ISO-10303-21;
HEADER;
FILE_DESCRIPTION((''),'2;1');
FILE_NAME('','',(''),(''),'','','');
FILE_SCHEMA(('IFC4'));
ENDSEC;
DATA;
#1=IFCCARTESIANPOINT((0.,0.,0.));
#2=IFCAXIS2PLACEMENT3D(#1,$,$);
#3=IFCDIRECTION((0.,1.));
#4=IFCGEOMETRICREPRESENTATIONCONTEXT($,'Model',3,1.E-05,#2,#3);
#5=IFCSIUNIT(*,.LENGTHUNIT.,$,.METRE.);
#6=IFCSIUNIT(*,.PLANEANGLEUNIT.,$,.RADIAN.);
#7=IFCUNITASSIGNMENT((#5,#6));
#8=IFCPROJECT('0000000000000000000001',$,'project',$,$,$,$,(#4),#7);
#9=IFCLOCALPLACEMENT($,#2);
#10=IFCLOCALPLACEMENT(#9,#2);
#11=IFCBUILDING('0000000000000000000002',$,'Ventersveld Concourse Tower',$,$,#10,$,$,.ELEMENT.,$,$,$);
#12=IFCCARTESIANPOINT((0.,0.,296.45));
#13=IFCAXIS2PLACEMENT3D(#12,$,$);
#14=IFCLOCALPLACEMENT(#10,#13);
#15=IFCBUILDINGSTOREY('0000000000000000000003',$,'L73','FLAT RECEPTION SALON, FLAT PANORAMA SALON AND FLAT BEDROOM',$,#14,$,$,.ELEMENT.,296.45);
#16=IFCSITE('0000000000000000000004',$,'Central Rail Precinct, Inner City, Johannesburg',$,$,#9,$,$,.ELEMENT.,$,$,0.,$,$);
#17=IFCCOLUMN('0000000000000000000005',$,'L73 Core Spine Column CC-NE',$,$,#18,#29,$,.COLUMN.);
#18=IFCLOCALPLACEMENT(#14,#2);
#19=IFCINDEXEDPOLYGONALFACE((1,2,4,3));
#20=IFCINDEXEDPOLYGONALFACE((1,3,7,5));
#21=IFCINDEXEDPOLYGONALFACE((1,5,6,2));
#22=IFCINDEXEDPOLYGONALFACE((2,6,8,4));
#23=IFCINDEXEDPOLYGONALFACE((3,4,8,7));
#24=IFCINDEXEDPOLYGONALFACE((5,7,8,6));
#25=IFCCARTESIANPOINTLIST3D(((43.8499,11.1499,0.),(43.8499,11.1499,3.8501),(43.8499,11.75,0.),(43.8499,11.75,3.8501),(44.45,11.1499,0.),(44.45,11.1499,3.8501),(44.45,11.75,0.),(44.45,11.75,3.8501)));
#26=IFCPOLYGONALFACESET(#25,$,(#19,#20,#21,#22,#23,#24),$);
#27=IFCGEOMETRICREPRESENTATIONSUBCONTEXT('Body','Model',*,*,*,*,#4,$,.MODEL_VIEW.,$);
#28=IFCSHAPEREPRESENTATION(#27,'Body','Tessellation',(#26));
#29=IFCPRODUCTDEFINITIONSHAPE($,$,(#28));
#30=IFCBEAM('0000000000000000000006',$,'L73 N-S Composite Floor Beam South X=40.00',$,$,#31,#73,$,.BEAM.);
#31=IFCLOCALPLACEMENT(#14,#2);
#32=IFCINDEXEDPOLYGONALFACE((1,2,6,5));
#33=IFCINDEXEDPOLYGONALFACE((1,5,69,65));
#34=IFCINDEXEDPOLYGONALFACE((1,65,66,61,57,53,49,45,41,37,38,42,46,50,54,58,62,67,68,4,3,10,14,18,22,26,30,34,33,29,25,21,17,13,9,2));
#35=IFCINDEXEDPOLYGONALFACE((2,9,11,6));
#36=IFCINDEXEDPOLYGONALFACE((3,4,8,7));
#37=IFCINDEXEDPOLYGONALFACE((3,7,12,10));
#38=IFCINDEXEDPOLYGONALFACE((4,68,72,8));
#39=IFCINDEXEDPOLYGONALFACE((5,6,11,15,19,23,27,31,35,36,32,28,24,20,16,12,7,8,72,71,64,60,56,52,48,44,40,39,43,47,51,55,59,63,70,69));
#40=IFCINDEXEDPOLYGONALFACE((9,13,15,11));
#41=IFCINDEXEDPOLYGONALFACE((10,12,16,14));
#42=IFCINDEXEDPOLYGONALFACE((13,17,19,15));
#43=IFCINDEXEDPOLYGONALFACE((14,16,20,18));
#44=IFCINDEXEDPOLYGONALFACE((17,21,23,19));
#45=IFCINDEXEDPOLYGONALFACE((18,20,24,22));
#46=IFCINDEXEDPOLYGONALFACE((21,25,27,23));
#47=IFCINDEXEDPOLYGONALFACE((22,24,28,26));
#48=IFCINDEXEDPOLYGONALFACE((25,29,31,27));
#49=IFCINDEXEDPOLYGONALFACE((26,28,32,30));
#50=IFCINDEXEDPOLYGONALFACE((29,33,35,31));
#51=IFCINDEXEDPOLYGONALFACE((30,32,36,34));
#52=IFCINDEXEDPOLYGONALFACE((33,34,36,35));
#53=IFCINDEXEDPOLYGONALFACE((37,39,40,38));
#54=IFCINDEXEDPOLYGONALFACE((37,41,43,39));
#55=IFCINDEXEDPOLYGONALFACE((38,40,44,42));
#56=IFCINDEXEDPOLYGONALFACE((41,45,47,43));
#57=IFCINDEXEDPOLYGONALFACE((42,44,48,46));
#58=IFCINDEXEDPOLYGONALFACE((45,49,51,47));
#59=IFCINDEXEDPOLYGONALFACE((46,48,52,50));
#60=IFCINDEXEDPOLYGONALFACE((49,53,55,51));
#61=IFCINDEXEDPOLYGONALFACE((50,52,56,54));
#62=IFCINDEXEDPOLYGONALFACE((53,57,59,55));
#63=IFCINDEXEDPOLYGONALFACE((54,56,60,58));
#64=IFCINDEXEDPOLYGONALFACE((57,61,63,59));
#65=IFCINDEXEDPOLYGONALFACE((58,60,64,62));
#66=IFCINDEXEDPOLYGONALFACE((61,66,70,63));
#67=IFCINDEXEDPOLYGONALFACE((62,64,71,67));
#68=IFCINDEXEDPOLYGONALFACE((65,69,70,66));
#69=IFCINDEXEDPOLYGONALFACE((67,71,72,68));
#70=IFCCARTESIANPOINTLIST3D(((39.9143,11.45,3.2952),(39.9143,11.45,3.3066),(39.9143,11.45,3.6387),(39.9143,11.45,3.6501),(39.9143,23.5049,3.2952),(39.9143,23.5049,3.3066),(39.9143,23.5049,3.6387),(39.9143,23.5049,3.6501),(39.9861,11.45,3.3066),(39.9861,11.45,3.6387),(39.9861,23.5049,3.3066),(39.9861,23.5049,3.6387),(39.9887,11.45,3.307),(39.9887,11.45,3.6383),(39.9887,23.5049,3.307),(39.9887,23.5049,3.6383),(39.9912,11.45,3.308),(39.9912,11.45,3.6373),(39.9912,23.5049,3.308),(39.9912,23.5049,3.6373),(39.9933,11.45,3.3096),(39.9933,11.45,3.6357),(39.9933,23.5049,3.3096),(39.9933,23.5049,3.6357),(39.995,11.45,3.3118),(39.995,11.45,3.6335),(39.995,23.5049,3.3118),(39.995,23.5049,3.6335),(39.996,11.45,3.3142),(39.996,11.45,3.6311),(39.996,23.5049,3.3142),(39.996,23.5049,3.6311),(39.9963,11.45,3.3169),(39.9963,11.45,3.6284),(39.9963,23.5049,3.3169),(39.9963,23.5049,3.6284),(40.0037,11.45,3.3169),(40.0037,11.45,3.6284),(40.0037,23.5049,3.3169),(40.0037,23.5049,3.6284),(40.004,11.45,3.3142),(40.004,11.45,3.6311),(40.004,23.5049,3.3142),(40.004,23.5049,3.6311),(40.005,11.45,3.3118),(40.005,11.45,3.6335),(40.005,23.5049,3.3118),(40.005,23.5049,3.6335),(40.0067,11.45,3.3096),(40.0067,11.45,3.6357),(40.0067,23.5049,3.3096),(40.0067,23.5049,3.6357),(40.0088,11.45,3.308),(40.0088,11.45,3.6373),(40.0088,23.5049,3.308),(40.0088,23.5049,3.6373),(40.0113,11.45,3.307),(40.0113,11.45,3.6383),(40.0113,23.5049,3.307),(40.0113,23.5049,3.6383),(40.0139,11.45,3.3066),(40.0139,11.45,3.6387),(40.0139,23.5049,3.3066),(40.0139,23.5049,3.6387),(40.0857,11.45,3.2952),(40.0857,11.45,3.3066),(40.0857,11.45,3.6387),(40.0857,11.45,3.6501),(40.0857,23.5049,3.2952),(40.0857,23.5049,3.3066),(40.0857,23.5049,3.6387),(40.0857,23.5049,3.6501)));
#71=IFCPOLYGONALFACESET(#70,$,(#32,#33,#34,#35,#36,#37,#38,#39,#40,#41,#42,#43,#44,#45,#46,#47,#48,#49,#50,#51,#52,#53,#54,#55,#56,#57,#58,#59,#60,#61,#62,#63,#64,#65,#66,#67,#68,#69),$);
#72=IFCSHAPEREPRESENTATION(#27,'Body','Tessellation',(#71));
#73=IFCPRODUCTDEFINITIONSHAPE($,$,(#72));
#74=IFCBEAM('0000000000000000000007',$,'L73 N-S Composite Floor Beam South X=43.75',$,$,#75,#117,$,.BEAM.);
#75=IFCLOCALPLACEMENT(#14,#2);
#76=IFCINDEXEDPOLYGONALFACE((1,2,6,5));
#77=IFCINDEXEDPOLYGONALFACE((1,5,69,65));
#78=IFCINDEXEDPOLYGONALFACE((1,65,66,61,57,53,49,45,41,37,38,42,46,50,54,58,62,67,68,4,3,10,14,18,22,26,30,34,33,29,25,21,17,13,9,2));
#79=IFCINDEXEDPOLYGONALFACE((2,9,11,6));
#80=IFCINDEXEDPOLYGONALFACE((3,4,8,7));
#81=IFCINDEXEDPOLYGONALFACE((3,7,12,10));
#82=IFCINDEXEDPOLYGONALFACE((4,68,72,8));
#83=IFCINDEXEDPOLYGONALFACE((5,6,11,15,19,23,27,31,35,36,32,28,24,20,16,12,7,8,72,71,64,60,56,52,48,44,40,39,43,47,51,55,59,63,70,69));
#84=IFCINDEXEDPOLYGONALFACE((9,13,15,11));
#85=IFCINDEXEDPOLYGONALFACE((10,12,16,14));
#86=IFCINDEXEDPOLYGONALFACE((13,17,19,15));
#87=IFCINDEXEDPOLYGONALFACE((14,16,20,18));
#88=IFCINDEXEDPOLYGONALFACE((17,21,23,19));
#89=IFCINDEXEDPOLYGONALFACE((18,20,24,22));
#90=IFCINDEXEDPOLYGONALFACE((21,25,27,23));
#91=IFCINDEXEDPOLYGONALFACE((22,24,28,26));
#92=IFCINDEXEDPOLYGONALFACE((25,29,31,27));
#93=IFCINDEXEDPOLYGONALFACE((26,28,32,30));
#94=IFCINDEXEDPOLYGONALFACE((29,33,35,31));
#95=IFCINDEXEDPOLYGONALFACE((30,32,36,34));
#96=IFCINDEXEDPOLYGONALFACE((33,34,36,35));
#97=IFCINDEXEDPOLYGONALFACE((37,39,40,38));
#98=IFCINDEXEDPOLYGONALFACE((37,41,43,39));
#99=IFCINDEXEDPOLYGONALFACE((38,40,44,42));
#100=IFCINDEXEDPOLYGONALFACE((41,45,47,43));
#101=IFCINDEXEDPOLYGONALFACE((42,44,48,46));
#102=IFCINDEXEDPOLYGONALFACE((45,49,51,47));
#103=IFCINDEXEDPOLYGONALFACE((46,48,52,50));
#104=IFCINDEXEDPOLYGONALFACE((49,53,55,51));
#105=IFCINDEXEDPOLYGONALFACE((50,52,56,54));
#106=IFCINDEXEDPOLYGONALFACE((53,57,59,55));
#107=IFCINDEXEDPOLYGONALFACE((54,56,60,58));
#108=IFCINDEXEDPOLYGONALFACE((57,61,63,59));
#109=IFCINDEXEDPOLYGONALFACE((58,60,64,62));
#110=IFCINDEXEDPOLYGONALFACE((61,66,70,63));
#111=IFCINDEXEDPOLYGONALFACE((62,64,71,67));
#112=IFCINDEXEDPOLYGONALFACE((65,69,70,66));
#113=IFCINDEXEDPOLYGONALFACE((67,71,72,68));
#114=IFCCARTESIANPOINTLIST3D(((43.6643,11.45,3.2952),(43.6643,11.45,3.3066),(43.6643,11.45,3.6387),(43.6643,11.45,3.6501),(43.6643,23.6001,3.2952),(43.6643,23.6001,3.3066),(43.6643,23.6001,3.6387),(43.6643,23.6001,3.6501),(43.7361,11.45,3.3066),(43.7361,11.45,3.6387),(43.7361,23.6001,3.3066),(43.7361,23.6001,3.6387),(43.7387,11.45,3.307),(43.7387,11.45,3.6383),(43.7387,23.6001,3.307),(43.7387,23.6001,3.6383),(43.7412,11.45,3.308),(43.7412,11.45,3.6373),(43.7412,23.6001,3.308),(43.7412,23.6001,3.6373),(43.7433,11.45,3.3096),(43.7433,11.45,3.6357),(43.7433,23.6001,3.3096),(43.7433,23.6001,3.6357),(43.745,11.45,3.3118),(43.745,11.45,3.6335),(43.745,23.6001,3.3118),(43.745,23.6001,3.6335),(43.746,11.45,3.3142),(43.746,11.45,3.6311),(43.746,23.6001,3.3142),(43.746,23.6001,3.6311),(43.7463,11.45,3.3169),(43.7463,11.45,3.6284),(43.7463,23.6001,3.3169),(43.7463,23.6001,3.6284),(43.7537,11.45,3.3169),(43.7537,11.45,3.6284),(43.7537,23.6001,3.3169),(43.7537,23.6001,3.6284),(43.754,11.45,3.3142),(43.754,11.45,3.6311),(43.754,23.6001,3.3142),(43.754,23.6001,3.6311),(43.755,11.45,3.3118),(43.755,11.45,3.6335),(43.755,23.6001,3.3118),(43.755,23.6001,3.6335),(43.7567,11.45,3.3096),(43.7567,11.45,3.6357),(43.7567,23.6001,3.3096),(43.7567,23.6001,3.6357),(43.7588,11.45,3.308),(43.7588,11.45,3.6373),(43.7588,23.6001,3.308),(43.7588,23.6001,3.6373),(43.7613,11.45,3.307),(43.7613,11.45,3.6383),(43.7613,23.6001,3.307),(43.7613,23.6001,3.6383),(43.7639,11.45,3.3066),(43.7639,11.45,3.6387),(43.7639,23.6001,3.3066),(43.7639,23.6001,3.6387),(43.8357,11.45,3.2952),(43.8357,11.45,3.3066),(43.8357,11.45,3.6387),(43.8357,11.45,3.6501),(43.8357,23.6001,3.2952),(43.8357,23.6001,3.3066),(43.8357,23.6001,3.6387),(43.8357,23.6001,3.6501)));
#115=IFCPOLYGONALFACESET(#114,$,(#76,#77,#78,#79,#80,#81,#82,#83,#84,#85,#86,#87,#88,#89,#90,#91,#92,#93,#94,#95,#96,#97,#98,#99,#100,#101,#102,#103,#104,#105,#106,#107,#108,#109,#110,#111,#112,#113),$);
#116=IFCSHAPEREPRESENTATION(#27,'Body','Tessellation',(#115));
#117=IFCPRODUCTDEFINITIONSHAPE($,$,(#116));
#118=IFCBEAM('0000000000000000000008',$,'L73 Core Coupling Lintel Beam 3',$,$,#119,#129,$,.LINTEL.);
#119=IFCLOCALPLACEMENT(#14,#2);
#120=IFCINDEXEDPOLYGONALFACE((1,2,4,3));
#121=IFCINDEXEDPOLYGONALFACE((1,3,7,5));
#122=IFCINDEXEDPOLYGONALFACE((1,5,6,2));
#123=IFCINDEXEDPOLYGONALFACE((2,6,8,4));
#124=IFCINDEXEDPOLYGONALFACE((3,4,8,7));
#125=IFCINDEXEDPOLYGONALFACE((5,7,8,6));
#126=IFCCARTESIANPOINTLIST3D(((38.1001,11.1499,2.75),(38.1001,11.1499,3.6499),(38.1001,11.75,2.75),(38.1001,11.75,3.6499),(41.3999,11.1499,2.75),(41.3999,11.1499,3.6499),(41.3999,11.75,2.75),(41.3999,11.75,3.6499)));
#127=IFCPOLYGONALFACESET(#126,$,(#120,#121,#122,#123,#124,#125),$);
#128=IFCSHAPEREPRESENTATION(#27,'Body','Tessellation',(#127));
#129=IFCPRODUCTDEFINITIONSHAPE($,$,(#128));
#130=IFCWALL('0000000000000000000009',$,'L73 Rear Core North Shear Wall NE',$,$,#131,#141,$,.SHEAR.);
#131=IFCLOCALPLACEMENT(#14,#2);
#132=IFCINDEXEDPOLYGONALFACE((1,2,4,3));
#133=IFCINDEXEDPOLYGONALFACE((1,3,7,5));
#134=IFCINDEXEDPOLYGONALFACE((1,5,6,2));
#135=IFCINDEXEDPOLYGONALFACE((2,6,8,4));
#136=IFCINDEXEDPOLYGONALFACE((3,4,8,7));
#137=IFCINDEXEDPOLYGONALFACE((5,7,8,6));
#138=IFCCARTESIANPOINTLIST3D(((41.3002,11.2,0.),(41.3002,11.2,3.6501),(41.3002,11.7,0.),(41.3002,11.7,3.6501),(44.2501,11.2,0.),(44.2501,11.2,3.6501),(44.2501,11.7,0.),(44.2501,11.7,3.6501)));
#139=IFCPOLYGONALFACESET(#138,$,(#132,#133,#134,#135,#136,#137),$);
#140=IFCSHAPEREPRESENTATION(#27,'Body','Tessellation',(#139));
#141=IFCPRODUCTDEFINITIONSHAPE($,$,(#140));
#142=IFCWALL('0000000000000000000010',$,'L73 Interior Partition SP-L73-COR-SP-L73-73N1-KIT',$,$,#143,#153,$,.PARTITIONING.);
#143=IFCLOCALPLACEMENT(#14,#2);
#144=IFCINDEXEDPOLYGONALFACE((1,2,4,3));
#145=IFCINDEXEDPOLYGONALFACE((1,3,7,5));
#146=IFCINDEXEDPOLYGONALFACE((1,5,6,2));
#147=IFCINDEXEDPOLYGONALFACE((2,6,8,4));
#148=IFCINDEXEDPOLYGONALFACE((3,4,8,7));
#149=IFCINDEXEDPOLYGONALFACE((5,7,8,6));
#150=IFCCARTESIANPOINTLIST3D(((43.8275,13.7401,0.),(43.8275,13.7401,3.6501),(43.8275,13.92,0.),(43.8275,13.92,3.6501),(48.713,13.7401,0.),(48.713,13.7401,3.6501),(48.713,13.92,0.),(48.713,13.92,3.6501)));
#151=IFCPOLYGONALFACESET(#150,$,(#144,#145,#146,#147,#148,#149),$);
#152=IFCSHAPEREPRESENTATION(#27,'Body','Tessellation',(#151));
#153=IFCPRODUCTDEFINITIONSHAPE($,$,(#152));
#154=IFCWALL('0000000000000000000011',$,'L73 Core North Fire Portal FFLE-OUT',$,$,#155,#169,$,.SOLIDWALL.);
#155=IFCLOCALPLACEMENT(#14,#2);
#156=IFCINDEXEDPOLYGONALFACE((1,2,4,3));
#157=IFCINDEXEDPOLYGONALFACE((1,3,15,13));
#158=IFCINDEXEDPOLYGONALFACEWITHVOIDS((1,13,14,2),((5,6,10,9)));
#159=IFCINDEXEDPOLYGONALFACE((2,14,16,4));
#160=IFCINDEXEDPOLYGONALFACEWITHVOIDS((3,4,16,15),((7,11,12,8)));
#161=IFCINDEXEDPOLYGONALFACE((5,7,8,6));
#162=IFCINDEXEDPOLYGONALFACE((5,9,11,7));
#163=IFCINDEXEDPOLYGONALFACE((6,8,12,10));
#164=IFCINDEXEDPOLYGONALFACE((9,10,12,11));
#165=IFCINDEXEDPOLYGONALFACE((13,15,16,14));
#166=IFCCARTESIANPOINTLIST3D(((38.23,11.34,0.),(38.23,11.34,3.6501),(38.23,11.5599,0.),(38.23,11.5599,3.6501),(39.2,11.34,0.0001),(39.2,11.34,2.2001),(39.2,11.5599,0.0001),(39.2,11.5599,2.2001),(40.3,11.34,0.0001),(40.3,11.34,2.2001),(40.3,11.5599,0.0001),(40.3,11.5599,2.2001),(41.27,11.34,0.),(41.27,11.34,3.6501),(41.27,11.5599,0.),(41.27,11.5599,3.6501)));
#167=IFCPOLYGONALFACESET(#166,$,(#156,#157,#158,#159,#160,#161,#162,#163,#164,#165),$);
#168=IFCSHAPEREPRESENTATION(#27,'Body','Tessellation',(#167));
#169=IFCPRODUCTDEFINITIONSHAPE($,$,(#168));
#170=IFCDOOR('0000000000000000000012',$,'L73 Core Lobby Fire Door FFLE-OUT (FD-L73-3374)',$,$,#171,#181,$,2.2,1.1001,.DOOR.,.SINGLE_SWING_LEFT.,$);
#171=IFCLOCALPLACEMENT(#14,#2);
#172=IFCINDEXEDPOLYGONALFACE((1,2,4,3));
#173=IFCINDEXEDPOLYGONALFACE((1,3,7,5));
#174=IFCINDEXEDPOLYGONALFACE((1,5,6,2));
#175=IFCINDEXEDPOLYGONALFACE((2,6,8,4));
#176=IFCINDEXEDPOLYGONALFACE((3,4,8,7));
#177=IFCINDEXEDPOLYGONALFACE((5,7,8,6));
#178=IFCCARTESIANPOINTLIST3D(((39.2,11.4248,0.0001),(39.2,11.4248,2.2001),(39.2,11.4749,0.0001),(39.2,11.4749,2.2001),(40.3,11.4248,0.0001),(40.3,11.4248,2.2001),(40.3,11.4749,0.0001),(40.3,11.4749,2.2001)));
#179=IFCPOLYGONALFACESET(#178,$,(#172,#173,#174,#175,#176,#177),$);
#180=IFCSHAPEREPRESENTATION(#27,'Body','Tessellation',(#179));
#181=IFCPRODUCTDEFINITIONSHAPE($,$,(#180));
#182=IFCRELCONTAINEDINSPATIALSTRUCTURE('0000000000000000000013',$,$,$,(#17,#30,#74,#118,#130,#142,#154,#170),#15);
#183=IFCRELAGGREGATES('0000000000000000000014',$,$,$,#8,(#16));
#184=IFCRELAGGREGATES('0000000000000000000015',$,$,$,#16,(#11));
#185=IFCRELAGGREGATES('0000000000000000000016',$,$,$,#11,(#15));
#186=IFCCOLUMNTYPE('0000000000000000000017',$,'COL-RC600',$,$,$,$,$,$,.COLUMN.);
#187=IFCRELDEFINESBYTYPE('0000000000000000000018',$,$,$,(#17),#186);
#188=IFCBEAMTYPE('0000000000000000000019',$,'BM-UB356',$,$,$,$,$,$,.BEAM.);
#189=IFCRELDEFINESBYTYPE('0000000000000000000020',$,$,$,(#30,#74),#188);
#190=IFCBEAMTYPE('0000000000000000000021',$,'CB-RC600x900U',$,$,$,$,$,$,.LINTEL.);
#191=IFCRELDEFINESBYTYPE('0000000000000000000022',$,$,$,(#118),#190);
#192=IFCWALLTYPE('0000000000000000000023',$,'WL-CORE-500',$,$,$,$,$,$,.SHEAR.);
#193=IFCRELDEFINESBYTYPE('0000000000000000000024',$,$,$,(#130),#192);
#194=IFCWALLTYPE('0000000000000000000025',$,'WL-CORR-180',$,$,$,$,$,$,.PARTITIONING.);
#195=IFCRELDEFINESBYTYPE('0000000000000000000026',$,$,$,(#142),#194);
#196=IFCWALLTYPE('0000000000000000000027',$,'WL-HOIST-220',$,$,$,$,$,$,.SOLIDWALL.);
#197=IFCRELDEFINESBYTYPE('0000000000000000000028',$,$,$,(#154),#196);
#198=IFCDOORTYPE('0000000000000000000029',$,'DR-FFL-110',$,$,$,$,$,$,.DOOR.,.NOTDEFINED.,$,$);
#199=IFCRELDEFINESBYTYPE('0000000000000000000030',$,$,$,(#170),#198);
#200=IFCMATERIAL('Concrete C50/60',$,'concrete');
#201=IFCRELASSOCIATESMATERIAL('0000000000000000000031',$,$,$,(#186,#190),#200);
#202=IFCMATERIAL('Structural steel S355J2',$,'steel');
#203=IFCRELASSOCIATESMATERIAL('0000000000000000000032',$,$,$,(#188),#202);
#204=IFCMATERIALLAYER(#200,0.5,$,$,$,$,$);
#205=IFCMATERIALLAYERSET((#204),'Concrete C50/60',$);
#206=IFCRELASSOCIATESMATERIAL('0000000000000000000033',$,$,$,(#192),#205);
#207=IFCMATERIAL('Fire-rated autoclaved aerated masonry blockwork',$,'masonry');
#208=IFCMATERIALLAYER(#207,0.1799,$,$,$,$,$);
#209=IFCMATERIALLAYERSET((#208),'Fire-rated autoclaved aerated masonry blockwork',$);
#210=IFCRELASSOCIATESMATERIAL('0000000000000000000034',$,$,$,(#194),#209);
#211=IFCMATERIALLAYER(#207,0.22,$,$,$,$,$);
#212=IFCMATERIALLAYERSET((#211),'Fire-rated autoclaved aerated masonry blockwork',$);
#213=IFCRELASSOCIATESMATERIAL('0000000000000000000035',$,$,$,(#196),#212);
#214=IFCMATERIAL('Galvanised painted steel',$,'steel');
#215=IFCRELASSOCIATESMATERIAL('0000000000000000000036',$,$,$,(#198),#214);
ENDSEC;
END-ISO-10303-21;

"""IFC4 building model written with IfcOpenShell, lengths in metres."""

from ifc_helpers import new_model, si_unit, direction, frame, frame_2d, origin, origin_2d, place, context, subcontext, project, spatial, rectangle, i_section, extrude, material, layer, layer_set, material_profile, profile_set, type_object, element, fill, save


model = new_model("IFC4")

# Units and contexts
model_context = context("Model", 3, precision=1e-05, world=origin(), true_north=direction((0.0, 1.0)))
body_context = subcontext(model_context, "Body", "Model", "MODEL_VIEW")
ifc_project = project(units=[si_unit("LENGTHUNIT", "METRE"), si_unit("PLANEANGLEUNIT", "RADIAN")], contexts=[model_context])

# Site, building, storey
site_placement = place(None, origin())
site = spatial("IfcSite", under=ifc_project, at=site_placement, Name="Central Rail Precinct, Inner City, Johannesburg", CompositionType="ELEMENT", RefElevation=0.0)
building_placement = place(site_placement, origin())
building = spatial("IfcBuilding", under=site, at=building_placement, Name="Ventersveld Concourse Tower", CompositionType="ELEMENT")
storey_placement = place(building_placement, frame((0.0, 0.0, 296.45)))
storey = spatial("IfcBuildingStorey", under=building, at=storey_placement, Name="L73", Description="FLAT RECEPTION SALON, FLAT PANORAMA SALON AND FLAT BEDROOM", CompositionType="ELEMENT", Elevation=296.45)

# Column
ifc_material_1 = material(Name="Concrete C50/60", Category="concrete")
ifc_material_profile_1 = material_profile(ifc_material_1, rectangle(XDim=0.6001, YDim=0.6001, at=origin_2d()), Name="RC 600x600")
ifc_profile_set_1 = profile_set([ifc_material_profile_1], Name="Concrete C50/60")
column_type = type_object("IfcColumnType", Name="COL-RC600", PredefinedType="COLUMN", material=ifc_profile_set_1)
column_placement = place(storey_placement, frame((44.1499, 11.45, 0.0), z_axis=(0.0, 0.0, 1.0), x_axis=(1.0, 0.0, 0.0)))
element("IfcColumn", 1, at=column_placement, inside=storey, type_object=column_type, Name="L73 Core Spine Column CC-NE", PredefinedType="COLUMN", context=body_context, shape_type="SweptSolid", body=[
    extrude(rectangle(XDim=0.6001, YDim=0.6001, at=origin_2d()), origin(), (0.0, 0.0, 1.0), 3.8501),
])

# Beams
ifc_material_2 = material(Name="Structural steel S355J2", Category="steel")
ifc_material_profile_2 = material_profile(ifc_material_2, i_section(OverallWidth=0.1714, OverallDepth=0.355, WebThickness=0.0073, FlangeThickness=0.0115, FilletRadius=0.0103, at=origin_2d()), Name="UB 356x171x51")
ifc_profile_set_2 = profile_set([ifc_material_profile_2], Name="Structural steel S355J2")
beam_type_1 = type_object("IfcBeamType", Name="BM-UB356", PredefinedType="BEAM", material=ifc_profile_set_2)
beam_1_placement = place(storey_placement, frame((40.0, 11.45, 3.4727), z_axis=(0.0, 1.0, 0.0), x_axis=(-1.0, 0.0, 0.0)))
element("IfcBeam", 2, at=beam_1_placement, inside=storey, type_object=beam_type_1, Name="L73 N-S Composite Floor Beam South X=40.00", PredefinedType="BEAM", context=body_context, shape_type="SweptSolid", body=[
    extrude(i_section(OverallWidth=0.1714, OverallDepth=0.355, WebThickness=0.0073, FlangeThickness=0.0115, FilletRadius=0.0103, at=origin_2d()), origin(), (0.0, 0.0, 1.0), 12.0549),
])
beam_2_placement = place(storey_placement, frame((43.75, 11.45, 3.4727), z_axis=(0.0, 1.0, 0.0), x_axis=(-1.0, 0.0, 0.0)))
element("IfcBeam", 3, at=beam_2_placement, inside=storey, type_object=beam_type_1, Name="L73 N-S Composite Floor Beam South X=43.75", PredefinedType="BEAM", context=body_context, shape_type="SweptSolid", body=[
    extrude(i_section(OverallWidth=0.1714, OverallDepth=0.355, WebThickness=0.0073, FlangeThickness=0.0115, FilletRadius=0.0103, at=origin_2d()), origin(), (0.0, 0.0, 1.0), 12.1501),
])
ifc_material_profile_3 = material_profile(ifc_material_1, rectangle(XDim=0.6001, YDim=0.8999, at=origin_2d()), Name="RC 600x900")
ifc_profile_set_3 = profile_set([ifc_material_profile_3], Name="Concrete C50/60")
beam_type_2 = type_object("IfcBeamType", Name="CB-RC600x900U", PredefinedType="LINTEL", material=ifc_profile_set_3)
beam_3_placement = place(storey_placement, frame((38.1001, 11.45, 3.2), z_axis=(1.0, 0.0, 0.0), x_axis=(0.0, 1.0, 0.0)))
element("IfcBeam", 4, at=beam_3_placement, inside=storey, type_object=beam_type_2, Name="L73 Core Coupling Lintel Beam 3", PredefinedType="LINTEL", context=body_context, shape_type="SweptSolid", body=[
    extrude(rectangle(XDim=0.6001, YDim=0.8999, at=origin_2d()), origin(), (0.0, 0.0, 1.0), 3.2998),
])

# Wall
ifc_layer_1 = layer(ifc_material_1, 0.5)
ifc_layer_set_1 = layer_set([ifc_layer_1], Name="Concrete C50/60")
wall_type_1 = type_object("IfcWallType", Name="WL-CORE-500", PredefinedType="SHEAR", material=ifc_layer_set_1)
wall_1_placement = place(storey_placement, frame((41.3, 11.45, 0.0), z_axis=(0.0, 0.0, 1.0), x_axis=(1.0, 0.0, 0.0)))
element("IfcWall", 5, at=wall_1_placement, inside=storey, type_object=wall_type_1, Name="L73 Rear Core North Shear Wall NE", PredefinedType="SHEAR", context=body_context, shape_type="SweptSolid", body=[
    extrude(rectangle(XDim=2.95, YDim=0.5, at=frame_2d((1.4751, 0.0))), origin(), (0.0, 0.0, 1.0), 3.6501),
])

# Shared definitions
ifc_material_3 = material(Name="Fire-rated autoclaved aerated masonry blockwork", Category="masonry")
ifc_layer_2 = layer(ifc_material_3, 0.1799)
ifc_layer_set_2 = layer_set([ifc_layer_2], Name="Fire-rated autoclaved aerated masonry blockwork")
wall_type_2 = type_object("IfcWallType", Name="WL-CORR-180", PredefinedType="PARTITIONING", material=ifc_layer_set_2)

# Wall
wall_2_placement = place(storey_placement, frame((43.8274, 13.8301, 0.0), z_axis=(0.0, 0.0, 1.0), x_axis=(1.0, 0.0, 0.0)))
element("IfcWall", 6, at=wall_2_placement, inside=storey, type_object=wall_type_2, Name="L73 Interior Partition SP-L73-COR-SP-L73-73N1-KIT", PredefinedType="PARTITIONING", context=body_context, shape_type="SweptSolid", body=[
    extrude(rectangle(XDim=4.8855, YDim=0.1799, at=frame_2d((2.4429, 0.0))), origin(), (0.0, 0.0, 1.0), 3.6501),
])

# Wall, opening, door
ifc_layer_3 = layer(ifc_material_3, 0.22)
ifc_layer_set_3 = layer_set([ifc_layer_3], Name="Fire-rated autoclaved aerated masonry blockwork")
wall_type_3 = type_object("IfcWallType", Name="WL-HOIST-220", PredefinedType="SOLIDWALL", material=ifc_layer_set_3)
wall_3_placement = place(storey_placement, frame((38.23, 11.45, 0.0), z_axis=(0.0, 0.0, 1.0), x_axis=(1.0, 0.0, 0.0)))
wall_3 = element("IfcWall", 7, at=wall_3_placement, inside=storey, type_object=wall_type_3, Name="L73 Core North Fire Portal FFLE-OUT", PredefinedType="SOLIDWALL", context=body_context, shape_type="SweptSolid", body=[
    extrude(rectangle(XDim=3.04, YDim=0.22, at=frame_2d((1.52, 0.0))), origin(), (0.0, 0.0, 1.0), 3.6501),
])
opening_1_placement = place(wall_3_placement, frame((0.97, 0.0, 0.0)))
opening_1 = element("IfcOpeningElement", 8, at=opening_1_placement, cuts=wall_3, PredefinedType="OPENING", context=body_context, shape_type="SweptSolid", body=[
    extrude(rectangle(XDim=1.1001, YDim=2.2, at=frame_2d((0.55, 1.1001))), frame((0.0, 0.1201, 0.0), z_axis=(0.0, -1.0, 0.0), x_axis=(1.0, 0.0, 0.0)), (0.0, 0.0, 1.0), 0.24),
])
ifc_material_4 = material(Name="Galvanised painted steel", Category="steel")
door_type_1 = type_object("IfcDoorType", Name="DR-FFL-110", OperationType="NOTDEFINED", PredefinedType="DOOR", material=ifc_material_4)
door_1_placement = place(opening_1_placement, origin())
door_1 = element("IfcDoor", 9, at=door_1_placement, inside=storey, type_object=door_type_1, Name="L73 Core Lobby Fire Door FFLE-OUT (FD-L73-3374)", OperationType="SINGLE_SWING_LEFT", OverallHeight=2.2, OverallWidth=1.1001, PredefinedType="DOOR", context=body_context, shape_type="SweptSolid", body=[
    extrude(rectangle(XDim=1.1001, YDim=2.2, at=frame_2d((0.55, 1.1001))), frame((0.0, 0.0249, 0.0), z_axis=(0.0, -1.0, 0.0), x_axis=(1.0, 0.0, 0.0)), (0.0, 0.0, 1.0), 0.05),
])
fill(opening_1, door_1)

save(model, "model.ifc")
